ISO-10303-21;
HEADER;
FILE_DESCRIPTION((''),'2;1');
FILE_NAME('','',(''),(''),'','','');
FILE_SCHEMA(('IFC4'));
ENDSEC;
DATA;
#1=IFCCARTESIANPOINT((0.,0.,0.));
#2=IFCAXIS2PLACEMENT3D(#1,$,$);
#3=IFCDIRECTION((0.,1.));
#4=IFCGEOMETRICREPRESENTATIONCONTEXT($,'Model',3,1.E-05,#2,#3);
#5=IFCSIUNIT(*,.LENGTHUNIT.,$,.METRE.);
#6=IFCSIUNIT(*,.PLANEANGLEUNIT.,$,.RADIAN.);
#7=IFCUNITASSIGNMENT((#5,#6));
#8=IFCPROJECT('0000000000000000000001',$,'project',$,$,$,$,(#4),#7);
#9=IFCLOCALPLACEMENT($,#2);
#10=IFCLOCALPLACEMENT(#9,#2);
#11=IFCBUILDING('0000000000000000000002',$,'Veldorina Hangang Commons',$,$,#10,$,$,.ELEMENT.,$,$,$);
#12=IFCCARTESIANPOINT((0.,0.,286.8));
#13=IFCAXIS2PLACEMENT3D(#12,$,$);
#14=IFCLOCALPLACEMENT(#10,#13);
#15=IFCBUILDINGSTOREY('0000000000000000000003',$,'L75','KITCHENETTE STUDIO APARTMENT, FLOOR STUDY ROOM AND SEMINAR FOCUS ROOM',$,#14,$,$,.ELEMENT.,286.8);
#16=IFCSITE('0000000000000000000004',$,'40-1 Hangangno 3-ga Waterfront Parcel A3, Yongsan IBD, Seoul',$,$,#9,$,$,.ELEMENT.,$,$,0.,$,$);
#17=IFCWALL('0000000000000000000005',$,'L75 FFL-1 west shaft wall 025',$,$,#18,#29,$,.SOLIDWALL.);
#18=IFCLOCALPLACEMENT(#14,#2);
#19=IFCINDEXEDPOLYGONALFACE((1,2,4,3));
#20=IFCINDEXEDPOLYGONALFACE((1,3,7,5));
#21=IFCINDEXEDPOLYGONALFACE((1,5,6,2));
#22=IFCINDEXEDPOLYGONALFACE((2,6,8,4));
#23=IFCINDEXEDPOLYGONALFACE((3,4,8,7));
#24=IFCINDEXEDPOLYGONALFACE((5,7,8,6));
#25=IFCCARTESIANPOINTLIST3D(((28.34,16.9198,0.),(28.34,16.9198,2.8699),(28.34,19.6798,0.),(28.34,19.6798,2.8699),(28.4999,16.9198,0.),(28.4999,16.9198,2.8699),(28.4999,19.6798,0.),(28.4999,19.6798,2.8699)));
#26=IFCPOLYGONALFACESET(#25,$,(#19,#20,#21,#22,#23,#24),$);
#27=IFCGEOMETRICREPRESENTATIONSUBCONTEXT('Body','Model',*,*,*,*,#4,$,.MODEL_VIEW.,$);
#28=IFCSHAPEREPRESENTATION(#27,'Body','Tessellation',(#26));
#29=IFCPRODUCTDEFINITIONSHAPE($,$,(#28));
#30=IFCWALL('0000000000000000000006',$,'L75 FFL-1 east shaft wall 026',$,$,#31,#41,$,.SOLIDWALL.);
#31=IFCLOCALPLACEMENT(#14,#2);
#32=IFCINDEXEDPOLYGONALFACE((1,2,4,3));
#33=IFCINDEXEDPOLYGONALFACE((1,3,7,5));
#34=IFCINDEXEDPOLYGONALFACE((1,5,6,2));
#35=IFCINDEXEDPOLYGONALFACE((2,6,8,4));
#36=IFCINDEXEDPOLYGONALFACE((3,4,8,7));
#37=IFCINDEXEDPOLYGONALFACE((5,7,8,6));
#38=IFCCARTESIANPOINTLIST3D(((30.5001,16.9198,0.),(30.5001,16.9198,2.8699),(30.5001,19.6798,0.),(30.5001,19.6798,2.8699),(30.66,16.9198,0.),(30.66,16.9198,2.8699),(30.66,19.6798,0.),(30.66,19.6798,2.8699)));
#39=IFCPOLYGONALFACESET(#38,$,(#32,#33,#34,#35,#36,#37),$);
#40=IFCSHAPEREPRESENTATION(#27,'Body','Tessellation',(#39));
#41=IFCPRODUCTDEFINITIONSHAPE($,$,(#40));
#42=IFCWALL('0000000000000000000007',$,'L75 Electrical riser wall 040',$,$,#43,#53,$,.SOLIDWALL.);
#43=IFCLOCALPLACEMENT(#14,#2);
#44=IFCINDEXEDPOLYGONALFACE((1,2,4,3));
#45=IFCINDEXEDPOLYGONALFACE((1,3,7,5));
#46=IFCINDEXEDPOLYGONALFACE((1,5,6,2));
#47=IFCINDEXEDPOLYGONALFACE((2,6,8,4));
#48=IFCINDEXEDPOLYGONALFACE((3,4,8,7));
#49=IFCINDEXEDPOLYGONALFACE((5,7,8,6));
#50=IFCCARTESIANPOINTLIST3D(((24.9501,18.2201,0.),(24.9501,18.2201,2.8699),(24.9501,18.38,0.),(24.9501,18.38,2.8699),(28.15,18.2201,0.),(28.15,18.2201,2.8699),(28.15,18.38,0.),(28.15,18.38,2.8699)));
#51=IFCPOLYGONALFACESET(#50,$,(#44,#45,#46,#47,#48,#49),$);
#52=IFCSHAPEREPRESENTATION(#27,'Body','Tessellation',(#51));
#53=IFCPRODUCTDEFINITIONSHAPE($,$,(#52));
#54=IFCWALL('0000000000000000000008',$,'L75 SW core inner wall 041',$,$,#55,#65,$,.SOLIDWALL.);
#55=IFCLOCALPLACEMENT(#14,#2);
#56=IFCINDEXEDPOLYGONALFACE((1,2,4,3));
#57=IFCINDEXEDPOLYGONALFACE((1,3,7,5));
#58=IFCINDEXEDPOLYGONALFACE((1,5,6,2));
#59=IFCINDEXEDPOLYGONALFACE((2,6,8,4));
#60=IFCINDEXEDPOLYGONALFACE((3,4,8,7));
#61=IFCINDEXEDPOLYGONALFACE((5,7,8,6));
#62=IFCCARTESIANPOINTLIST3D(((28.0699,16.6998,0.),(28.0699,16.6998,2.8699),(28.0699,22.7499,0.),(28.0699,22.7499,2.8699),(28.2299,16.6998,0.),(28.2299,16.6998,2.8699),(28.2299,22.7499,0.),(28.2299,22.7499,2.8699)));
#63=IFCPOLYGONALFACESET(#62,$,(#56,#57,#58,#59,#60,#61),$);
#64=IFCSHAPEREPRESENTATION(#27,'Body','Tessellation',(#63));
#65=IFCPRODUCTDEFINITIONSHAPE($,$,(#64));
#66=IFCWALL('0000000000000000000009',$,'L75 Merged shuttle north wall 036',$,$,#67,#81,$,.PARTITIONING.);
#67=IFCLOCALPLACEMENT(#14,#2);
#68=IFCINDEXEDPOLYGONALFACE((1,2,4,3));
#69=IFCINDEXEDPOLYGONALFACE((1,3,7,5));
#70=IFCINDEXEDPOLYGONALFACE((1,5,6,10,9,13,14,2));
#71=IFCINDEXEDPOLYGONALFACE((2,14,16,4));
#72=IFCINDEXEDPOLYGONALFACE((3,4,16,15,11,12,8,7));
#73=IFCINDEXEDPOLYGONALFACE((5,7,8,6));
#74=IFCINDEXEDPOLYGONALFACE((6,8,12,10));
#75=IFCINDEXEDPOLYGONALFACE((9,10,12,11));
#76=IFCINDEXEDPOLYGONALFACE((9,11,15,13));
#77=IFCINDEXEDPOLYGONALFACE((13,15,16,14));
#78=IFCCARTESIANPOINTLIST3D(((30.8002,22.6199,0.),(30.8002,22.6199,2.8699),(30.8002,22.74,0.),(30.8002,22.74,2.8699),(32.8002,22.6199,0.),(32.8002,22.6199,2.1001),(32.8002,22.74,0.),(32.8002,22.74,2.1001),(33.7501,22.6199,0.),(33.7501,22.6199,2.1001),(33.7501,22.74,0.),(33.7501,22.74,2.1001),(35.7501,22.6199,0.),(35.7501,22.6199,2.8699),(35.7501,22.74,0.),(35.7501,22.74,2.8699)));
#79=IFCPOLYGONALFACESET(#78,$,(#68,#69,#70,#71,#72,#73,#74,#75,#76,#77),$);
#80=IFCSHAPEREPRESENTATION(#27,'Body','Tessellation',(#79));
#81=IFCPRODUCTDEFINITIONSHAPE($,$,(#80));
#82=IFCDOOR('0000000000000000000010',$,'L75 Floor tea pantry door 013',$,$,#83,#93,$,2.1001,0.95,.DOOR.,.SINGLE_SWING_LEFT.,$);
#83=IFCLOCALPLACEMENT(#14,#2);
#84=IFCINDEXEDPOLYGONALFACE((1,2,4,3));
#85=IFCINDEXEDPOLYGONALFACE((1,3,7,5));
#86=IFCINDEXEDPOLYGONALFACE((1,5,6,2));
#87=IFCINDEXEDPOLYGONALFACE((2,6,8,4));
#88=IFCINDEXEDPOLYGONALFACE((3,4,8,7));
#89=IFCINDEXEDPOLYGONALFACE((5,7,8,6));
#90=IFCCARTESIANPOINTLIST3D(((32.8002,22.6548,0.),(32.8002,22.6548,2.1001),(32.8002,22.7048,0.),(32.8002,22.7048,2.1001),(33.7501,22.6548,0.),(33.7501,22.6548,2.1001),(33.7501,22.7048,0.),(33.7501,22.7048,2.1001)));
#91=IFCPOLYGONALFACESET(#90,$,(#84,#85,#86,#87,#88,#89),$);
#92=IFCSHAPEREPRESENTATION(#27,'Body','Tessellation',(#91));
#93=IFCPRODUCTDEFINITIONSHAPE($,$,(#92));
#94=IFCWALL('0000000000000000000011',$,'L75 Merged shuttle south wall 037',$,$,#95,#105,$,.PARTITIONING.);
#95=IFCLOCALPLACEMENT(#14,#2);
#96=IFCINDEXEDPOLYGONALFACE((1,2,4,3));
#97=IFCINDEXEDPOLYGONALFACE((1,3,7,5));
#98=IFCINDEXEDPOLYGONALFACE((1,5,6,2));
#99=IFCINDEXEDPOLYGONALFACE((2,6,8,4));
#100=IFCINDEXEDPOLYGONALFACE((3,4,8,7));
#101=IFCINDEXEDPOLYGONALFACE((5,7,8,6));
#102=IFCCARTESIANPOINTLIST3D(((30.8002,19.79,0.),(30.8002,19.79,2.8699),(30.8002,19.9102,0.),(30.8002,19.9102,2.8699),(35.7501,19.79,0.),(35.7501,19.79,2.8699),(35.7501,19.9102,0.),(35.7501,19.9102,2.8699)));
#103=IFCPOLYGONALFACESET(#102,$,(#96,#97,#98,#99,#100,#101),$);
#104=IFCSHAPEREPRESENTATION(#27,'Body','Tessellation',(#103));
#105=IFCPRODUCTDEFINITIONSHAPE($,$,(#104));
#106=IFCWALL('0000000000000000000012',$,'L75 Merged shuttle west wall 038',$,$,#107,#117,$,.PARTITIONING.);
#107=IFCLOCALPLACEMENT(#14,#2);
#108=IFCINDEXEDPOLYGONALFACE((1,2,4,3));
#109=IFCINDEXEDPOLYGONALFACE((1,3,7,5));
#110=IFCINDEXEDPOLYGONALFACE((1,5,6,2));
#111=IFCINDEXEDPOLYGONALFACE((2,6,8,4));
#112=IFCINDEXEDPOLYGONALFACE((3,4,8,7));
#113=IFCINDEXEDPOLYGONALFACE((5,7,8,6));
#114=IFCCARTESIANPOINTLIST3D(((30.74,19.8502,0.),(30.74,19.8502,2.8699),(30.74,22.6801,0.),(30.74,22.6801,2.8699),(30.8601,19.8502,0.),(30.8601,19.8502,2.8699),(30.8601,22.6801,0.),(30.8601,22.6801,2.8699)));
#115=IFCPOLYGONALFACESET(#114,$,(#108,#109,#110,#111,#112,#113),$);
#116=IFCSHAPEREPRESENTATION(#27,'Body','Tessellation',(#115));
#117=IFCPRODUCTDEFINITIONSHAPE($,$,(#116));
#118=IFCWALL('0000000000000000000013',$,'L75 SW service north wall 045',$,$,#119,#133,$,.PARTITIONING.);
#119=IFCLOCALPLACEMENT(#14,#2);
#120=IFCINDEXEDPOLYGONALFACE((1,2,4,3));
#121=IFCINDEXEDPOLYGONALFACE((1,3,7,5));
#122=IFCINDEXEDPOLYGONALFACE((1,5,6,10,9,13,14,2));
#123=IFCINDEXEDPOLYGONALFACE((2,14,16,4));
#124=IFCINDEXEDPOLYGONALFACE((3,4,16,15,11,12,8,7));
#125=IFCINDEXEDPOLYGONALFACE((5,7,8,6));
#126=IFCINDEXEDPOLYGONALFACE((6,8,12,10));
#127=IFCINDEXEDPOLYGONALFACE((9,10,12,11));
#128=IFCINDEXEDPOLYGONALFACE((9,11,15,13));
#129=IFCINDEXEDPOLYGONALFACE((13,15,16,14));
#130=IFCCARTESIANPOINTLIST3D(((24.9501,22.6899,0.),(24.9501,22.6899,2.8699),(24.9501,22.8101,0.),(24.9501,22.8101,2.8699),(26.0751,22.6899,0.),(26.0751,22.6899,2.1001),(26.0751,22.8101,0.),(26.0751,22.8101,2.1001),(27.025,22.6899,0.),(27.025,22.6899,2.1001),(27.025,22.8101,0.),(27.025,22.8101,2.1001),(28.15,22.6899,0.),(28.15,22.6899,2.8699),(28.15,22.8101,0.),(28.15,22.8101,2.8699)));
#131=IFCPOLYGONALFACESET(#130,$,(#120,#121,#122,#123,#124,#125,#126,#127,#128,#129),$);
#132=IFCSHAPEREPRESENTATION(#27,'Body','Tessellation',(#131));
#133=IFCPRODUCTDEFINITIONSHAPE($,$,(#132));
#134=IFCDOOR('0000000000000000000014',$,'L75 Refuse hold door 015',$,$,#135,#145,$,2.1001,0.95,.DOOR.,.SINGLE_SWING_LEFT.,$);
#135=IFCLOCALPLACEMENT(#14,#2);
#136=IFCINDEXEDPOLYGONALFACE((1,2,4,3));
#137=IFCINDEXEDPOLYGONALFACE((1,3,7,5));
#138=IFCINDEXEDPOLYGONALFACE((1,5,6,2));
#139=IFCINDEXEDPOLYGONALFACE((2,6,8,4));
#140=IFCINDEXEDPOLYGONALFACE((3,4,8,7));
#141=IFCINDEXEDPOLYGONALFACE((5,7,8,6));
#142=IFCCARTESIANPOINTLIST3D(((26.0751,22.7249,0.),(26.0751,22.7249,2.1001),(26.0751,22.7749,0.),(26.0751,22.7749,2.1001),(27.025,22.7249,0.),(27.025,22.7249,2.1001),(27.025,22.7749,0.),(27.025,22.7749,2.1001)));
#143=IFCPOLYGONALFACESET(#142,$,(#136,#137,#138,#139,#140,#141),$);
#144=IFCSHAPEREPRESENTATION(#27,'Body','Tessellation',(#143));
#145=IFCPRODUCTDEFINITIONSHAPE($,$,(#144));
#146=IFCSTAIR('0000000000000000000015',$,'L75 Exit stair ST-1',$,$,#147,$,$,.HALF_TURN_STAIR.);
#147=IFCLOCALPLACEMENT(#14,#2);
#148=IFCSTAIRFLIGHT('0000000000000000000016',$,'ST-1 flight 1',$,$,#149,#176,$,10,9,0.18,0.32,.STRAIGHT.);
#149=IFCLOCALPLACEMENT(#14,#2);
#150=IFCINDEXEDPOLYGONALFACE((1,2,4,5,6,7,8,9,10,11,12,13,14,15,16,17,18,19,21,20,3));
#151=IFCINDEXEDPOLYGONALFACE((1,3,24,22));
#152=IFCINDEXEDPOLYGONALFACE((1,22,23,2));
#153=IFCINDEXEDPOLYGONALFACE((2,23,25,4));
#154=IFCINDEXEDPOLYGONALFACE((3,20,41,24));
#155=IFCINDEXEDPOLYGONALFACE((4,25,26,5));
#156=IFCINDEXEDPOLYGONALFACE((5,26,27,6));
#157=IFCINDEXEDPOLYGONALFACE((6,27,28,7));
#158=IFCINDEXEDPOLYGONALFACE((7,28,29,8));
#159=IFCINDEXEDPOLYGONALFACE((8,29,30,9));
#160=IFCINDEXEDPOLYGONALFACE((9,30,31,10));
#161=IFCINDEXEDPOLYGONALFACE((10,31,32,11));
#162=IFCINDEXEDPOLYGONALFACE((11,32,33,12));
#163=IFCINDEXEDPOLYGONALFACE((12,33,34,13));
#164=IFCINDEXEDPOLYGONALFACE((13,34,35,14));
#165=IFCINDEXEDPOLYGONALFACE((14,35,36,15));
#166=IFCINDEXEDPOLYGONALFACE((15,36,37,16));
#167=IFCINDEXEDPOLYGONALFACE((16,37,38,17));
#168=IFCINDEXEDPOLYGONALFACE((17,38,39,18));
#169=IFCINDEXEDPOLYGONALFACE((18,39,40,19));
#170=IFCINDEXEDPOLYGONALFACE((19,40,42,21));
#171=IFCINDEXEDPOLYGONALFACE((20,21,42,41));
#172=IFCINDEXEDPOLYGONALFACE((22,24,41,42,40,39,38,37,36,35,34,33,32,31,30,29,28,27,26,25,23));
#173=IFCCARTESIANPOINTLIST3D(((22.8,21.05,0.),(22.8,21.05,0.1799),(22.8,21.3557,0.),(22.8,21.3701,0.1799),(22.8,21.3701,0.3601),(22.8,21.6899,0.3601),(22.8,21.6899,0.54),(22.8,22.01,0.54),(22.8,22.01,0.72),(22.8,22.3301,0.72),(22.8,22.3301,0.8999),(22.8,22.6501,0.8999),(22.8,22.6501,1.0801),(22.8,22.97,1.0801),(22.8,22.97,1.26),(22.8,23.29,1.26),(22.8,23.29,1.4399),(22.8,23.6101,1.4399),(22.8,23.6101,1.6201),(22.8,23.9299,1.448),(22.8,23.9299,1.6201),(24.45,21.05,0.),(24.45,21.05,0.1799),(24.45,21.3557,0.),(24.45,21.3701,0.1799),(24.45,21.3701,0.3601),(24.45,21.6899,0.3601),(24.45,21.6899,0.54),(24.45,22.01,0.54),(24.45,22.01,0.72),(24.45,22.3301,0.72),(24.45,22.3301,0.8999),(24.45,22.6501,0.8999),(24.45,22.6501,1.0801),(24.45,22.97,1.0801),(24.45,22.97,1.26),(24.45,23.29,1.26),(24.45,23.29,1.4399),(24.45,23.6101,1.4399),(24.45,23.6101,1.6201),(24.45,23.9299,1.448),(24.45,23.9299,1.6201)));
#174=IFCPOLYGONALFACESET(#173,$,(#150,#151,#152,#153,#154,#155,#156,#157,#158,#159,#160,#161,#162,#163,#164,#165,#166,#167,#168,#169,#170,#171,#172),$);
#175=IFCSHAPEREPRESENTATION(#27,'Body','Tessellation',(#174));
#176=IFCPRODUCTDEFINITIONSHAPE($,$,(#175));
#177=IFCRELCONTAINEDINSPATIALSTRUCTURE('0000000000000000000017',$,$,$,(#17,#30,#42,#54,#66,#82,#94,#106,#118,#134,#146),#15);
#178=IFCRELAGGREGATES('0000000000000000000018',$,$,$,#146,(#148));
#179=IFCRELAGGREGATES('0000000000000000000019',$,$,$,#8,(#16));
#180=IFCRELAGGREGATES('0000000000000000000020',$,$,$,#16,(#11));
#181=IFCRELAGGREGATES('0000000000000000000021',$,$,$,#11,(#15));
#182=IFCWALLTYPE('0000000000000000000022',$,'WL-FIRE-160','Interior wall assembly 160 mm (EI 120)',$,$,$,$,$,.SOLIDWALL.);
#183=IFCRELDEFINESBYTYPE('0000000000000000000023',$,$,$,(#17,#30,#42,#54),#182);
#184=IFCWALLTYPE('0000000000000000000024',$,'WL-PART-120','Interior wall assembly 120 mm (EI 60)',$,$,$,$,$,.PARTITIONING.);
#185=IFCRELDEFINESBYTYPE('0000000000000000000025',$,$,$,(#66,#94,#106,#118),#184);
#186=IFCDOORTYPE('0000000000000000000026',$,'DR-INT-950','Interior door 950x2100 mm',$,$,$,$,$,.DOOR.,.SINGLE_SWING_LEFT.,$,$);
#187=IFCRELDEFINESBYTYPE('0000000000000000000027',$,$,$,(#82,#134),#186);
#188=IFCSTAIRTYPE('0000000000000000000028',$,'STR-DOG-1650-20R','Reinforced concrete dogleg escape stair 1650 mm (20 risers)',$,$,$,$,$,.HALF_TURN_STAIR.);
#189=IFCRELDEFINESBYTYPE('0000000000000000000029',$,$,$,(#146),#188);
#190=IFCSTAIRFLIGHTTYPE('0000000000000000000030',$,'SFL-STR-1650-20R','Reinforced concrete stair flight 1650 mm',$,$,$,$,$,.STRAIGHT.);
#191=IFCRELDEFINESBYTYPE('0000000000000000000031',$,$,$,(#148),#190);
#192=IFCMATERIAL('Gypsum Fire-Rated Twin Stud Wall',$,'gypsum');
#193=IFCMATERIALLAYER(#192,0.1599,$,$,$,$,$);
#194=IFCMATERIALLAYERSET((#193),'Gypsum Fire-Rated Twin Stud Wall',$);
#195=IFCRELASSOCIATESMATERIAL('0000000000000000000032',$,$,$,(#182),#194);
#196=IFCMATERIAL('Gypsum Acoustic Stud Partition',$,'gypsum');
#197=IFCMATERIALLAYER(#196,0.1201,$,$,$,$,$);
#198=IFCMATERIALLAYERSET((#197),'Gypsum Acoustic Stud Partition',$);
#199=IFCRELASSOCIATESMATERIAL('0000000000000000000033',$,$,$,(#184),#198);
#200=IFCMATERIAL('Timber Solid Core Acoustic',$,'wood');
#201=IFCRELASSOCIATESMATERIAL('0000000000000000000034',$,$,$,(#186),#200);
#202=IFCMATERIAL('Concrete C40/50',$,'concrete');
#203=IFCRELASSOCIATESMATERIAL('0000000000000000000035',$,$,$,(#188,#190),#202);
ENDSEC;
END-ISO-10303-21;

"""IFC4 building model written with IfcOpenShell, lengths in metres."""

from ifc_helpers import new_model, si_unit, direction, frame, frame_2d, origin, place, context, subcontext, project, spatial, polyline, rectangle, outline, extrude, material, layer, layer_set, type_object, element, fill, aggregate, save


model = new_model("IFC4")

# Units and contexts
model_context = context("Model", 3, precision=1e-05, world=origin(), true_north=direction((0.0, 1.0)))
body_context = subcontext(model_context, "Body", "Model", "MODEL_VIEW")
ifc_project = project(units=[si_unit("LENGTHUNIT", "METRE"), si_unit("PLANEANGLEUNIT", "RADIAN")], contexts=[model_context])

# Site, building, storey
site_placement = place(None, origin())
site = spatial("IfcSite", under=ifc_project, at=site_placement, Name="40-1 Hangangno 3-ga Waterfront Parcel A3, Yongsan IBD, Seoul", CompositionType="ELEMENT", RefElevation=0.0)
building_placement = place(site_placement, origin())
building = spatial("IfcBuilding", under=site, at=building_placement, Name="Veldorina Hangang Commons", CompositionType="ELEMENT")
storey_placement = place(building_placement, frame((0.0, 0.0, 286.8)))
storey = spatial("IfcBuildingStorey", under=building, at=storey_placement, Name="L75", Description="KITCHENETTE STUDIO APARTMENT, FLOOR STUDY ROOM AND SEMINAR FOCUS ROOM", CompositionType="ELEMENT", Elevation=286.8)

# Shared definitions
ifc_material_1 = material(Name="Gypsum Fire-Rated Twin Stud Wall", Category="gypsum")
ifc_layer_1 = layer(ifc_material_1, 0.1599)
ifc_layer_set_1 = layer_set([ifc_layer_1], Name="Gypsum Fire-Rated Twin Stud Wall")
wall_type_1 = type_object("IfcWallType", Name="WL-FIRE-160", Description="Interior wall assembly 160 mm (EI 120)", PredefinedType="SOLIDWALL", material=ifc_layer_set_1)

# Walls
for number, where, z_axis, x_axis, name in (
    (1, (28.4199, 16.9199, 0.0), (0.0, 0.0, 1.0), (0.0, 1.0, 0.0), "L75 FFL-1 west shaft wall 025"),
    (2, (30.5801, 16.9199, 0.0), (0.0, 0.0, 1.0), (0.0, 1.0, 0.0), "L75 FFL-1 east shaft wall 026"),
):
    element("IfcWall", number, at=place(storey_placement, frame(where, z_axis=z_axis, x_axis=x_axis)), inside=storey, type_object=wall_type_1, Name=name, PredefinedType="SOLIDWALL", context=body_context, shape_type="SweptSolid", body=[
        extrude(rectangle(XDim=2.76, YDim=0.1599, at=frame_2d((1.3799, 0.0))), origin(), (0.0, 0.0, 1.0), 2.8699),
    ])
wall_1_placement = place(storey_placement, frame((24.95, 18.3, 0.0), z_axis=(0.0, 0.0, 1.0), x_axis=(1.0, 0.0, 0.0)))
element("IfcWall", 3, at=wall_1_placement, inside=storey, type_object=wall_type_1, Name="L75 Electrical riser wall 040", PredefinedType="SOLIDWALL", context=body_context, shape_type="SweptSolid", body=[
    extrude(rectangle(XDim=3.2, YDim=0.1599, at=frame_2d((1.6001, 0.0))), origin(), (0.0, 0.0, 1.0), 2.8699),
])
wall_2_placement = place(storey_placement, frame((28.1499, 16.7, 0.0), z_axis=(0.0, 0.0, 1.0), x_axis=(0.0, 1.0, 0.0)))
element("IfcWall", 4, at=wall_2_placement, inside=storey, type_object=wall_type_1, Name="L75 SW core inner wall 041", PredefinedType="SOLIDWALL", context=body_context, shape_type="SweptSolid", body=[
    extrude(rectangle(XDim=6.05, YDim=0.1599, at=frame_2d((3.0249, 0.0))), origin(), (0.0, 0.0, 1.0), 2.8699),
])

# Wall, opening, door
ifc_material_2 = material(Name="Gypsum Acoustic Stud Partition", Category="gypsum")
ifc_layer_2 = layer(ifc_material_2, 0.1201)
ifc_layer_set_2 = layer_set([ifc_layer_2], Name="Gypsum Acoustic Stud Partition")
wall_type_2 = type_object("IfcWallType", Name="WL-PART-120", Description="Interior wall assembly 120 mm (EI 60)", PredefinedType="PARTITIONING", material=ifc_layer_set_2)
wall_3_placement = place(storey_placement, frame((30.8, 22.6799, 0.0), z_axis=(0.0, 0.0, 1.0), x_axis=(1.0, 0.0, 0.0)))
wall_3 = element("IfcWall", 5, at=wall_3_placement, inside=storey, type_object=wall_type_2, Name="L75 Merged shuttle north wall 036", PredefinedType="PARTITIONING", context=body_context, shape_type="SweptSolid", body=[
    extrude(rectangle(XDim=4.95, YDim=0.1201, at=frame_2d((2.4751, 0.0))), origin(), (0.0, 0.0, 1.0), 2.8699),
])
opening_1_placement = place(wall_3_placement, frame((2.0, 0.0, 0.0)))
opening_1 = element("IfcOpeningElement", 6, at=opening_1_placement, cuts=wall_3, PredefinedType="OPENING", context=body_context, shape_type="SweptSolid", body=[
    extrude(rectangle(XDim=0.95, YDim=2.1001, at=frame_2d((0.4751, 1.05))), frame((0.0, 0.0701, 0.0), z_axis=(0.0, -1.0, 0.0), x_axis=(1.0, 0.0, 0.0)), (0.0, 0.0, 1.0), 0.1401),
])
ifc_material_3 = material(Name="Timber Solid Core Acoustic", Category="wood")
door_type_1 = type_object("IfcDoorType", Name="DR-INT-950", Description="Interior door 950x2100 mm", OperationType="SINGLE_SWING_LEFT", PredefinedType="DOOR", material=ifc_material_3)
door_1_placement = place(opening_1_placement, origin())
door_1 = element("IfcDoor", 7, at=door_1_placement, inside=storey, type_object=door_type_1, Name="L75 Floor tea pantry door 013", OperationType="SINGLE_SWING_LEFT", OverallHeight=2.1001, OverallWidth=0.95, PredefinedType="DOOR", context=body_context, shape_type="SweptSolid", body=[
    extrude(rectangle(XDim=0.95, YDim=2.1001, at=frame_2d((0.4751, 1.05))), frame((0.0, 0.0249, 0.0), z_axis=(0.0, -1.0, 0.0), x_axis=(1.0, 0.0, 0.0)), (0.0, 0.0, 1.0), 0.05),
])
fill(opening_1, door_1)

# Walls
wall_4_placement = place(storey_placement, frame((30.8, 19.8501, 0.0), z_axis=(0.0, 0.0, 1.0), x_axis=(1.0, 0.0, 0.0)))
element("IfcWall", 8, at=wall_4_placement, inside=storey, type_object=wall_type_2, Name="L75 Merged shuttle south wall 037", PredefinedType="PARTITIONING", context=body_context, shape_type="SweptSolid", body=[
    extrude(rectangle(XDim=4.95, YDim=0.1201, at=frame_2d((2.4751, 0.0))), origin(), (0.0, 0.0, 1.0), 2.8699),
])
wall_5_placement = place(storey_placement, frame((30.8, 19.8501, 0.0), z_axis=(0.0, 0.0, 1.0), x_axis=(0.0, 1.0, 0.0)))
element("IfcWall", 9, at=wall_5_placement, inside=storey, type_object=wall_type_2, Name="L75 Merged shuttle west wall 038", PredefinedType="PARTITIONING", context=body_context, shape_type="SweptSolid", body=[
    extrude(rectangle(XDim=2.8298, YDim=0.1201, at=frame_2d((1.415, 0.0))), origin(), (0.0, 0.0, 1.0), 2.8699),
])

# Wall, opening, door
wall_6_placement = place(storey_placement, frame((24.95, 22.75, 0.0), z_axis=(0.0, 0.0, 1.0), x_axis=(1.0, 0.0, 0.0)))
wall_6 = element("IfcWall", 10, at=wall_6_placement, inside=storey, type_object=wall_type_2, Name="L75 SW service north wall 045", PredefinedType="PARTITIONING", context=body_context, shape_type="SweptSolid", body=[
    extrude(rectangle(XDim=3.2, YDim=0.1201, at=frame_2d((1.6001, 0.0))), origin(), (0.0, 0.0, 1.0), 2.8699),
])
opening_2_placement = place(wall_6_placement, frame((1.125, 0.0, 0.0)))
opening_2 = element("IfcOpeningElement", 11, at=opening_2_placement, cuts=wall_6, PredefinedType="OPENING", context=body_context, shape_type="SweptSolid", body=[
    extrude(rectangle(XDim=0.95, YDim=2.1001, at=frame_2d((0.4751, 1.05))), frame((0.0, 0.0701, 0.0), z_axis=(0.0, -1.0, 0.0), x_axis=(1.0, 0.0, 0.0)), (0.0, 0.0, 1.0), 0.1401),
])
door_2_placement = place(opening_2_placement, origin())
door_2 = element("IfcDoor", 12, at=door_2_placement, inside=storey, type_object=door_type_1, Name="L75 Refuse hold door 015", OperationType="SINGLE_SWING_LEFT", OverallHeight=2.1001, OverallWidth=0.95, PredefinedType="DOOR", context=body_context, shape_type="SweptSolid", body=[
    extrude(rectangle(XDim=0.95, YDim=2.1001, at=frame_2d((0.4751, 1.05))), frame((0.0, 0.0249, 0.0), z_axis=(0.0, -1.0, 0.0), x_axis=(1.0, 0.0, 0.0)), (0.0, 0.0, 1.0), 0.05),
])
fill(opening_2, door_2)

# Stair, stair flight
ifc_material_4 = material(Name="Concrete C40/50", Category="concrete")
stair_type = type_object("IfcStairType", Name="STR-DOG-1650-20R", Description="Reinforced concrete dogleg escape stair 1650 mm (20 risers)", PredefinedType="HALF_TURN_STAIR", material=ifc_material_4)
stair_placement = place(storey_placement, origin())
stair = element("IfcStair", 13, at=stair_placement, inside=storey, type_object=stair_type, Name="L75 Exit stair ST-1", PredefinedType="HALF_TURN_STAIR")
stair_flight_type = type_object("IfcStairFlightType", Name="SFL-STR-1650-20R", Description="Reinforced concrete stair flight 1650 mm", PredefinedType="STRAIGHT", material=ifc_material_4)
stair_flight_placement = place(storey_placement, frame((23.625, 21.05, 0.0), z_axis=(0.0, 0.0, 1.0), x_axis=(0.0, 1.0, 0.0)))
stair_flight = element("IfcStairFlight", 14, at=stair_flight_placement, type_object=stair_flight_type, Name="ST-1 flight 1", NumberOfRisers=10, NumberOfTreads=9, PredefinedType="STRAIGHT", RiserHeight=0.18, TreadLength=0.32, context=body_context, shape_type="SweptSolid", body=[
    extrude(outline(polyline([(0.0, 0.0), (0.0, 0.1799), (0.3201, 0.1799), (0.3201, 0.3601), (0.6399, 0.3601), (0.6399, 0.54), (0.96, 0.54), (0.96, 0.72), (1.28, 0.72), (1.28, 0.8999), (1.6001, 0.8999), (1.6001, 1.0801), (1.9199, 1.0801), (1.9199, 1.26), (2.24, 1.26), (2.24, 1.4399), (2.5601, 1.4399), (2.5601, 1.6201), (2.8799, 1.6201), (2.8799, 1.8), (2.8799, 1.448), (0.3057, 0.0), (0.0, 0.0)])), frame((0.0, 0.825, 0.0), z_axis=(0.0, -1.0, 0.0), x_axis=(1.0, 0.0, 0.0)), (0.0, 0.0, 1.0), 1.6499),
])
aggregate(stair, [stair_flight])

save(model, "model.ifc")
